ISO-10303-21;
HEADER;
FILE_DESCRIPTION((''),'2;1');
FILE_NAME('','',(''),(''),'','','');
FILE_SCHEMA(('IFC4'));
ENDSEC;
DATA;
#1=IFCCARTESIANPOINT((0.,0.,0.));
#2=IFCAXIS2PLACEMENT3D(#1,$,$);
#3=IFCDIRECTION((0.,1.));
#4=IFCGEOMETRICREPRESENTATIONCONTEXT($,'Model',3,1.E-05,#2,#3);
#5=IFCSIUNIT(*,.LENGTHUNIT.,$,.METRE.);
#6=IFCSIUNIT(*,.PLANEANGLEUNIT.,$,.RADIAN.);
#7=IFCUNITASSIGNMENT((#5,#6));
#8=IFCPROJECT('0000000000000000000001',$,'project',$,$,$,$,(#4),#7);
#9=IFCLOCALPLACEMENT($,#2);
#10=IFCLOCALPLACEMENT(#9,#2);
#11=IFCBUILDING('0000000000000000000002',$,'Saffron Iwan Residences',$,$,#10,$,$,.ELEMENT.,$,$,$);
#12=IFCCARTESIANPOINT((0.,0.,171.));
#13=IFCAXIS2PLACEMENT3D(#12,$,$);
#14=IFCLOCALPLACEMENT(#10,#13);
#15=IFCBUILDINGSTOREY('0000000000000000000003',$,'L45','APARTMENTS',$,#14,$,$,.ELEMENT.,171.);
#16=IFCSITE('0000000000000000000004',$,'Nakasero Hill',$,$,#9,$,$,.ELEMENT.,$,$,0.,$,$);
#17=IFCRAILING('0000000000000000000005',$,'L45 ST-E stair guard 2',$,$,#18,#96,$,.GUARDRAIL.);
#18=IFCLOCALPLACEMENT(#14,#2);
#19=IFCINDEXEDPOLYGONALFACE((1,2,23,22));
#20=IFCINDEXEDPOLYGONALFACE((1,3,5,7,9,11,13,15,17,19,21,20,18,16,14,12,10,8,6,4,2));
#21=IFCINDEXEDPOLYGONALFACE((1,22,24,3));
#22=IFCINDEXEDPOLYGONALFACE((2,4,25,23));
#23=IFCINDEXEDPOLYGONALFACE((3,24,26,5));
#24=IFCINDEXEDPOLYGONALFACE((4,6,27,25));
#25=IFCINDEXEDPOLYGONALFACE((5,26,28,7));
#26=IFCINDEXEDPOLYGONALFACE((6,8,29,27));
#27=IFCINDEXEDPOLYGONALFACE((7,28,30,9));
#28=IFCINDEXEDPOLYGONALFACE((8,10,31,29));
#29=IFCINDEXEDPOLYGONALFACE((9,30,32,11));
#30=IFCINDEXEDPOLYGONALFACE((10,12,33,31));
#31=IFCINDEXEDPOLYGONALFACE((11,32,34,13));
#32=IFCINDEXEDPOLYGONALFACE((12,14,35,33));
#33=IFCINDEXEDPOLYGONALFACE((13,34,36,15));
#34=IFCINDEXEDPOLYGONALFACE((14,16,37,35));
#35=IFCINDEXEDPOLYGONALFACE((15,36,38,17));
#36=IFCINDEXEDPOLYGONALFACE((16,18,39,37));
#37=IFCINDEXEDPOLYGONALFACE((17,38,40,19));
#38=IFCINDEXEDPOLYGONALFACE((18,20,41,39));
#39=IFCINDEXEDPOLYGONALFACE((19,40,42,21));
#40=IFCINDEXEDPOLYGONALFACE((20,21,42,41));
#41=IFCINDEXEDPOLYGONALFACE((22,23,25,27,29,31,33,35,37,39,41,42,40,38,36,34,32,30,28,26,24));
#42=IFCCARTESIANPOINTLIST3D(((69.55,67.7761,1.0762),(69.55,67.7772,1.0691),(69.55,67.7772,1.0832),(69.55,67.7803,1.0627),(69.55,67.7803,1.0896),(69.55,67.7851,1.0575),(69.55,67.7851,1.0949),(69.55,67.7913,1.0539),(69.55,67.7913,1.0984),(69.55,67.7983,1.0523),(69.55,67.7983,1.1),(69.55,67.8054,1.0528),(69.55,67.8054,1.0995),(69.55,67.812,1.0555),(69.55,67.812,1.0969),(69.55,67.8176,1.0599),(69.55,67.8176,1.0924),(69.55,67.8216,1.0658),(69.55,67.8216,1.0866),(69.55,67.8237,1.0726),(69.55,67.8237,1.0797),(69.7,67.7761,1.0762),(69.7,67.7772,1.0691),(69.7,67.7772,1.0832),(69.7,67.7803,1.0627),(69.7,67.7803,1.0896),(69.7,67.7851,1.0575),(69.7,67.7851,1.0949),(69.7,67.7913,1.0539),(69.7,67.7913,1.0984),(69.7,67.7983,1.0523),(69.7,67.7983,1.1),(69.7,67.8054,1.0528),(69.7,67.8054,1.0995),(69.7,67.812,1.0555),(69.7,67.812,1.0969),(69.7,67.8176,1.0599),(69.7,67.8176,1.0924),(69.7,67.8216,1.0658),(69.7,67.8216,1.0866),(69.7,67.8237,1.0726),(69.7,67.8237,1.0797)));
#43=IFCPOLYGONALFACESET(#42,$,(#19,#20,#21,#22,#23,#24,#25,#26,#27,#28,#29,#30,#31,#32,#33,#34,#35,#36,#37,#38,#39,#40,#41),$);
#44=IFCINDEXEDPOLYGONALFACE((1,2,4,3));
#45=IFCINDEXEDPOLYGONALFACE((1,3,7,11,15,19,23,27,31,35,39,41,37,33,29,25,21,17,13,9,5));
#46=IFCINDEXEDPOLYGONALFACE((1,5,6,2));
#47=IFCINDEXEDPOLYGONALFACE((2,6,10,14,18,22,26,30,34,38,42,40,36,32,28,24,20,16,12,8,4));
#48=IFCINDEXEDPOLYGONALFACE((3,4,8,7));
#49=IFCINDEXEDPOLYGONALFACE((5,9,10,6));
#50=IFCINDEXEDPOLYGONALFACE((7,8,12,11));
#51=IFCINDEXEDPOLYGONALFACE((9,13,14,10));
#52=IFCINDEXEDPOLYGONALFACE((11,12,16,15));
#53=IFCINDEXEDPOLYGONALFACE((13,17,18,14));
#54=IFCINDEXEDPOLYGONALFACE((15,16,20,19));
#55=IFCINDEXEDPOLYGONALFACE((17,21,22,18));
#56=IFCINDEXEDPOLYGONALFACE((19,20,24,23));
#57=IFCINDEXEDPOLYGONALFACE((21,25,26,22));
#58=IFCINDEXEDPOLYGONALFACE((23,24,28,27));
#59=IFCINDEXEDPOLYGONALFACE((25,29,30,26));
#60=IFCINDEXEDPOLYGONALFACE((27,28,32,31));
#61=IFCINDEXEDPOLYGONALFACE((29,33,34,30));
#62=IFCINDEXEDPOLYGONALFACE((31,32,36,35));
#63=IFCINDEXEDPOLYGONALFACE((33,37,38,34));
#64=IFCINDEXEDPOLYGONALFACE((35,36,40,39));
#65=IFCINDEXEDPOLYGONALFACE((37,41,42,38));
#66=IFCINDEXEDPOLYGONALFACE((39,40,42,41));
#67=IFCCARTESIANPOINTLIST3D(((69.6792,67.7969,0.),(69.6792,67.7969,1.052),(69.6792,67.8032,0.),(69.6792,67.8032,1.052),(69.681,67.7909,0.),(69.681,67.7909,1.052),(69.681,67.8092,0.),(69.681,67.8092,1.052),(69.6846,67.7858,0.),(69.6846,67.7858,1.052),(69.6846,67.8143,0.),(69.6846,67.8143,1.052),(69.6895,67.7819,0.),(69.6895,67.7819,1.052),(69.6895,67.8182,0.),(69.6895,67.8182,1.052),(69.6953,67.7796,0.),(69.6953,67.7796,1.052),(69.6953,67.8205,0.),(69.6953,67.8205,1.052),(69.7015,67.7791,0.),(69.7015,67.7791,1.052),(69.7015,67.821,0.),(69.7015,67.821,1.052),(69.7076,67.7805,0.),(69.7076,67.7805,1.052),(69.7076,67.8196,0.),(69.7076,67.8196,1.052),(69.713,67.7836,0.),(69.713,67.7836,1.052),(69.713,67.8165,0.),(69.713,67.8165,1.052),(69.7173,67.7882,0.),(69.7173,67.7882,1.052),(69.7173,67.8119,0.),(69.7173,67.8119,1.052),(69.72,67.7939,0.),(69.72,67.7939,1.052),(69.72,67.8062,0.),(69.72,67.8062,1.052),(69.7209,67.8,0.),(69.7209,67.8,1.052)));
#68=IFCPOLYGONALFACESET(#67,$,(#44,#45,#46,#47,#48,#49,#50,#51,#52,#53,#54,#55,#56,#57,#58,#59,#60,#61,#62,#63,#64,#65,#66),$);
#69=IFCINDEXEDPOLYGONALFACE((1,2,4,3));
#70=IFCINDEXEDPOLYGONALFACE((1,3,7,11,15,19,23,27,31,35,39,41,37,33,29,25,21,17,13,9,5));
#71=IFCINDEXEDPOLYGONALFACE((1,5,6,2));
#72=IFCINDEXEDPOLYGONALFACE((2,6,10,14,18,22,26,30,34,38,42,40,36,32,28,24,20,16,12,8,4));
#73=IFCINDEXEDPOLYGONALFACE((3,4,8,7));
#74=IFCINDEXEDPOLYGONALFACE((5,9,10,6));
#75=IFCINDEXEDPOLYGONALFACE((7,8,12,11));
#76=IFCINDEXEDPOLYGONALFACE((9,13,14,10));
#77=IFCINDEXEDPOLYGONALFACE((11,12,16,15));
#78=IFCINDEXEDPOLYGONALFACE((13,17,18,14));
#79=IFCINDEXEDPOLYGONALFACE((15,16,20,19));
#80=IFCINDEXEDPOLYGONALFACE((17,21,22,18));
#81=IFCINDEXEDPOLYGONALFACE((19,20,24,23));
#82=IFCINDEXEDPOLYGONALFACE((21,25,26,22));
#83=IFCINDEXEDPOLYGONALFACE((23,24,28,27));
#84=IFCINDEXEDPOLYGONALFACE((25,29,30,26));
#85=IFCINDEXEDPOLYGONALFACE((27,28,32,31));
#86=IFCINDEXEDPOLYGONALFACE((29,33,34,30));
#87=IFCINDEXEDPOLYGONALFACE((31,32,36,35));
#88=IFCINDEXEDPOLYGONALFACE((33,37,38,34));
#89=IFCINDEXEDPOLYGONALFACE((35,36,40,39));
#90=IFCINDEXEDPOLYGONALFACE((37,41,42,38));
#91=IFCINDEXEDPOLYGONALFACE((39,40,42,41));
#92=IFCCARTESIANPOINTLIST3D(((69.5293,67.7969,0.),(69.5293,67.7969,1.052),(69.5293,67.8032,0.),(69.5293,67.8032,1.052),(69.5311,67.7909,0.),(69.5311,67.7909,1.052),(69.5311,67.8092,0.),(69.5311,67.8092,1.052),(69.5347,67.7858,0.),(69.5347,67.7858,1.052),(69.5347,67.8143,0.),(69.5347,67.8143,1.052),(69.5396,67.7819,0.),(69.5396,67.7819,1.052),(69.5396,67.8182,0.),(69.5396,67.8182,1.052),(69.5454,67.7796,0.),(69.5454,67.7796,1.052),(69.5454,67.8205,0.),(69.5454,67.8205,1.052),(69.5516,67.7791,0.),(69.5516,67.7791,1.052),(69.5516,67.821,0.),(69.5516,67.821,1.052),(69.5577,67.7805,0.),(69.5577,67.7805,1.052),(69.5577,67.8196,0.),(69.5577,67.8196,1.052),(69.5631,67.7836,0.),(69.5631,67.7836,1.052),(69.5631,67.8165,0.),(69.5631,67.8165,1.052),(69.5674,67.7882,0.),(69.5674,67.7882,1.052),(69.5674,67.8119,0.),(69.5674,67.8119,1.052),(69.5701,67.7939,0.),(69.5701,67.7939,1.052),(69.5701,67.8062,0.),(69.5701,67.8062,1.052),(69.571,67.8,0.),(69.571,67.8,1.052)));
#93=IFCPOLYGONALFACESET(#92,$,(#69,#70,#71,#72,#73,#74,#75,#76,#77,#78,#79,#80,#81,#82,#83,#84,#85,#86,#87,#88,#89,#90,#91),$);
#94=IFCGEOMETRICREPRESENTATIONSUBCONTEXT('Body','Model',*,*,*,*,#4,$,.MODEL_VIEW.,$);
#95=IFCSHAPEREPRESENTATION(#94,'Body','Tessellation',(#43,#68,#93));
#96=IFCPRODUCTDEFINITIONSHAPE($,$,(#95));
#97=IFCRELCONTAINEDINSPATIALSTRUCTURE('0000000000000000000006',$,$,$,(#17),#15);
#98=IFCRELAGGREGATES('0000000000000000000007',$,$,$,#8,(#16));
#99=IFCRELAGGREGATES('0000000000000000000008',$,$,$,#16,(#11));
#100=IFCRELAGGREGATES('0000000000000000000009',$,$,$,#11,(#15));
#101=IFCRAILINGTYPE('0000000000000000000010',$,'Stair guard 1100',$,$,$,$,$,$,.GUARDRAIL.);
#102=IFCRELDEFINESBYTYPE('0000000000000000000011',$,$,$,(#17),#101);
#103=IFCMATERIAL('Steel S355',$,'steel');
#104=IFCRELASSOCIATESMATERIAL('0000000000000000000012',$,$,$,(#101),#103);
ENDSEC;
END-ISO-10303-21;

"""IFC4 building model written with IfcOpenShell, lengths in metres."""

from ifc_helpers import new_model, si_unit, direction, frame, origin, origin_2d, place, context, subcontext, project, spatial, circle, extrude, material, type_object, element, save


model = new_model("IFC4")

# Units and contexts
model_context = context("Model", 3, precision=1e-05, world=origin(), true_north=direction((0.0, 1.0)))
body_context = subcontext(model_context, "Body", "Model", "MODEL_VIEW")
ifc_project = project(units=[si_unit("LENGTHUNIT", "METRE"), si_unit("PLANEANGLEUNIT", "RADIAN")], contexts=[model_context])

# Site, building, storey
site_placement = place(None, origin())
site = spatial("IfcSite", under=ifc_project, at=site_placement, Name="Nakasero Hill", CompositionType="ELEMENT", RefElevation=0.0)
building_placement = place(site_placement, origin())
building = spatial("IfcBuilding", under=site, at=building_placement, Name="Saffron Iwan Residences", CompositionType="ELEMENT")
storey_placement = place(building_placement, frame((0.0, 0.0, 171.0)))
storey = spatial("IfcBuildingStorey", under=building, at=storey_placement, Name="L45", Description="APARTMENTS", CompositionType="ELEMENT", Elevation=171.0)

# Railing
ifc_material_1 = material(Name="Steel S355", Category="steel")
railing_type_1 = type_object("IfcRailingType", Name="Stair guard 1100", PredefinedType="GUARDRAIL", material=ifc_material_1)
railing_1_placement = place(storey_placement, frame((69.7, 67.8, 0.0)))
element("IfcRailing", 1, at=railing_1_placement, inside=storey, type_object=railing_type_1, Name="L45 ST-E stair guard 2", PredefinedType="GUARDRAIL", context=body_context, shape_type="SweptSolid", body=[
    extrude(circle(Radius=0.0239, at=origin_2d()), frame((0.0, 0.0, 1.0762), z_axis=(-1.0, 0.0, 0.0), x_axis=(0.0, -1.0, 0.0)), (0.0, 0.0, 1.0), 0.1499),
    extrude(circle(Radius=0.021, at=origin_2d()), origin(), (0.0, 0.0, 1.0), 1.052),
    extrude(circle(Radius=0.021, at=origin_2d()), frame((-0.1499, 0.0, 0.0)), (0.0, 0.0, 1.0), 1.052),
])

save(model, "model.ifc")
